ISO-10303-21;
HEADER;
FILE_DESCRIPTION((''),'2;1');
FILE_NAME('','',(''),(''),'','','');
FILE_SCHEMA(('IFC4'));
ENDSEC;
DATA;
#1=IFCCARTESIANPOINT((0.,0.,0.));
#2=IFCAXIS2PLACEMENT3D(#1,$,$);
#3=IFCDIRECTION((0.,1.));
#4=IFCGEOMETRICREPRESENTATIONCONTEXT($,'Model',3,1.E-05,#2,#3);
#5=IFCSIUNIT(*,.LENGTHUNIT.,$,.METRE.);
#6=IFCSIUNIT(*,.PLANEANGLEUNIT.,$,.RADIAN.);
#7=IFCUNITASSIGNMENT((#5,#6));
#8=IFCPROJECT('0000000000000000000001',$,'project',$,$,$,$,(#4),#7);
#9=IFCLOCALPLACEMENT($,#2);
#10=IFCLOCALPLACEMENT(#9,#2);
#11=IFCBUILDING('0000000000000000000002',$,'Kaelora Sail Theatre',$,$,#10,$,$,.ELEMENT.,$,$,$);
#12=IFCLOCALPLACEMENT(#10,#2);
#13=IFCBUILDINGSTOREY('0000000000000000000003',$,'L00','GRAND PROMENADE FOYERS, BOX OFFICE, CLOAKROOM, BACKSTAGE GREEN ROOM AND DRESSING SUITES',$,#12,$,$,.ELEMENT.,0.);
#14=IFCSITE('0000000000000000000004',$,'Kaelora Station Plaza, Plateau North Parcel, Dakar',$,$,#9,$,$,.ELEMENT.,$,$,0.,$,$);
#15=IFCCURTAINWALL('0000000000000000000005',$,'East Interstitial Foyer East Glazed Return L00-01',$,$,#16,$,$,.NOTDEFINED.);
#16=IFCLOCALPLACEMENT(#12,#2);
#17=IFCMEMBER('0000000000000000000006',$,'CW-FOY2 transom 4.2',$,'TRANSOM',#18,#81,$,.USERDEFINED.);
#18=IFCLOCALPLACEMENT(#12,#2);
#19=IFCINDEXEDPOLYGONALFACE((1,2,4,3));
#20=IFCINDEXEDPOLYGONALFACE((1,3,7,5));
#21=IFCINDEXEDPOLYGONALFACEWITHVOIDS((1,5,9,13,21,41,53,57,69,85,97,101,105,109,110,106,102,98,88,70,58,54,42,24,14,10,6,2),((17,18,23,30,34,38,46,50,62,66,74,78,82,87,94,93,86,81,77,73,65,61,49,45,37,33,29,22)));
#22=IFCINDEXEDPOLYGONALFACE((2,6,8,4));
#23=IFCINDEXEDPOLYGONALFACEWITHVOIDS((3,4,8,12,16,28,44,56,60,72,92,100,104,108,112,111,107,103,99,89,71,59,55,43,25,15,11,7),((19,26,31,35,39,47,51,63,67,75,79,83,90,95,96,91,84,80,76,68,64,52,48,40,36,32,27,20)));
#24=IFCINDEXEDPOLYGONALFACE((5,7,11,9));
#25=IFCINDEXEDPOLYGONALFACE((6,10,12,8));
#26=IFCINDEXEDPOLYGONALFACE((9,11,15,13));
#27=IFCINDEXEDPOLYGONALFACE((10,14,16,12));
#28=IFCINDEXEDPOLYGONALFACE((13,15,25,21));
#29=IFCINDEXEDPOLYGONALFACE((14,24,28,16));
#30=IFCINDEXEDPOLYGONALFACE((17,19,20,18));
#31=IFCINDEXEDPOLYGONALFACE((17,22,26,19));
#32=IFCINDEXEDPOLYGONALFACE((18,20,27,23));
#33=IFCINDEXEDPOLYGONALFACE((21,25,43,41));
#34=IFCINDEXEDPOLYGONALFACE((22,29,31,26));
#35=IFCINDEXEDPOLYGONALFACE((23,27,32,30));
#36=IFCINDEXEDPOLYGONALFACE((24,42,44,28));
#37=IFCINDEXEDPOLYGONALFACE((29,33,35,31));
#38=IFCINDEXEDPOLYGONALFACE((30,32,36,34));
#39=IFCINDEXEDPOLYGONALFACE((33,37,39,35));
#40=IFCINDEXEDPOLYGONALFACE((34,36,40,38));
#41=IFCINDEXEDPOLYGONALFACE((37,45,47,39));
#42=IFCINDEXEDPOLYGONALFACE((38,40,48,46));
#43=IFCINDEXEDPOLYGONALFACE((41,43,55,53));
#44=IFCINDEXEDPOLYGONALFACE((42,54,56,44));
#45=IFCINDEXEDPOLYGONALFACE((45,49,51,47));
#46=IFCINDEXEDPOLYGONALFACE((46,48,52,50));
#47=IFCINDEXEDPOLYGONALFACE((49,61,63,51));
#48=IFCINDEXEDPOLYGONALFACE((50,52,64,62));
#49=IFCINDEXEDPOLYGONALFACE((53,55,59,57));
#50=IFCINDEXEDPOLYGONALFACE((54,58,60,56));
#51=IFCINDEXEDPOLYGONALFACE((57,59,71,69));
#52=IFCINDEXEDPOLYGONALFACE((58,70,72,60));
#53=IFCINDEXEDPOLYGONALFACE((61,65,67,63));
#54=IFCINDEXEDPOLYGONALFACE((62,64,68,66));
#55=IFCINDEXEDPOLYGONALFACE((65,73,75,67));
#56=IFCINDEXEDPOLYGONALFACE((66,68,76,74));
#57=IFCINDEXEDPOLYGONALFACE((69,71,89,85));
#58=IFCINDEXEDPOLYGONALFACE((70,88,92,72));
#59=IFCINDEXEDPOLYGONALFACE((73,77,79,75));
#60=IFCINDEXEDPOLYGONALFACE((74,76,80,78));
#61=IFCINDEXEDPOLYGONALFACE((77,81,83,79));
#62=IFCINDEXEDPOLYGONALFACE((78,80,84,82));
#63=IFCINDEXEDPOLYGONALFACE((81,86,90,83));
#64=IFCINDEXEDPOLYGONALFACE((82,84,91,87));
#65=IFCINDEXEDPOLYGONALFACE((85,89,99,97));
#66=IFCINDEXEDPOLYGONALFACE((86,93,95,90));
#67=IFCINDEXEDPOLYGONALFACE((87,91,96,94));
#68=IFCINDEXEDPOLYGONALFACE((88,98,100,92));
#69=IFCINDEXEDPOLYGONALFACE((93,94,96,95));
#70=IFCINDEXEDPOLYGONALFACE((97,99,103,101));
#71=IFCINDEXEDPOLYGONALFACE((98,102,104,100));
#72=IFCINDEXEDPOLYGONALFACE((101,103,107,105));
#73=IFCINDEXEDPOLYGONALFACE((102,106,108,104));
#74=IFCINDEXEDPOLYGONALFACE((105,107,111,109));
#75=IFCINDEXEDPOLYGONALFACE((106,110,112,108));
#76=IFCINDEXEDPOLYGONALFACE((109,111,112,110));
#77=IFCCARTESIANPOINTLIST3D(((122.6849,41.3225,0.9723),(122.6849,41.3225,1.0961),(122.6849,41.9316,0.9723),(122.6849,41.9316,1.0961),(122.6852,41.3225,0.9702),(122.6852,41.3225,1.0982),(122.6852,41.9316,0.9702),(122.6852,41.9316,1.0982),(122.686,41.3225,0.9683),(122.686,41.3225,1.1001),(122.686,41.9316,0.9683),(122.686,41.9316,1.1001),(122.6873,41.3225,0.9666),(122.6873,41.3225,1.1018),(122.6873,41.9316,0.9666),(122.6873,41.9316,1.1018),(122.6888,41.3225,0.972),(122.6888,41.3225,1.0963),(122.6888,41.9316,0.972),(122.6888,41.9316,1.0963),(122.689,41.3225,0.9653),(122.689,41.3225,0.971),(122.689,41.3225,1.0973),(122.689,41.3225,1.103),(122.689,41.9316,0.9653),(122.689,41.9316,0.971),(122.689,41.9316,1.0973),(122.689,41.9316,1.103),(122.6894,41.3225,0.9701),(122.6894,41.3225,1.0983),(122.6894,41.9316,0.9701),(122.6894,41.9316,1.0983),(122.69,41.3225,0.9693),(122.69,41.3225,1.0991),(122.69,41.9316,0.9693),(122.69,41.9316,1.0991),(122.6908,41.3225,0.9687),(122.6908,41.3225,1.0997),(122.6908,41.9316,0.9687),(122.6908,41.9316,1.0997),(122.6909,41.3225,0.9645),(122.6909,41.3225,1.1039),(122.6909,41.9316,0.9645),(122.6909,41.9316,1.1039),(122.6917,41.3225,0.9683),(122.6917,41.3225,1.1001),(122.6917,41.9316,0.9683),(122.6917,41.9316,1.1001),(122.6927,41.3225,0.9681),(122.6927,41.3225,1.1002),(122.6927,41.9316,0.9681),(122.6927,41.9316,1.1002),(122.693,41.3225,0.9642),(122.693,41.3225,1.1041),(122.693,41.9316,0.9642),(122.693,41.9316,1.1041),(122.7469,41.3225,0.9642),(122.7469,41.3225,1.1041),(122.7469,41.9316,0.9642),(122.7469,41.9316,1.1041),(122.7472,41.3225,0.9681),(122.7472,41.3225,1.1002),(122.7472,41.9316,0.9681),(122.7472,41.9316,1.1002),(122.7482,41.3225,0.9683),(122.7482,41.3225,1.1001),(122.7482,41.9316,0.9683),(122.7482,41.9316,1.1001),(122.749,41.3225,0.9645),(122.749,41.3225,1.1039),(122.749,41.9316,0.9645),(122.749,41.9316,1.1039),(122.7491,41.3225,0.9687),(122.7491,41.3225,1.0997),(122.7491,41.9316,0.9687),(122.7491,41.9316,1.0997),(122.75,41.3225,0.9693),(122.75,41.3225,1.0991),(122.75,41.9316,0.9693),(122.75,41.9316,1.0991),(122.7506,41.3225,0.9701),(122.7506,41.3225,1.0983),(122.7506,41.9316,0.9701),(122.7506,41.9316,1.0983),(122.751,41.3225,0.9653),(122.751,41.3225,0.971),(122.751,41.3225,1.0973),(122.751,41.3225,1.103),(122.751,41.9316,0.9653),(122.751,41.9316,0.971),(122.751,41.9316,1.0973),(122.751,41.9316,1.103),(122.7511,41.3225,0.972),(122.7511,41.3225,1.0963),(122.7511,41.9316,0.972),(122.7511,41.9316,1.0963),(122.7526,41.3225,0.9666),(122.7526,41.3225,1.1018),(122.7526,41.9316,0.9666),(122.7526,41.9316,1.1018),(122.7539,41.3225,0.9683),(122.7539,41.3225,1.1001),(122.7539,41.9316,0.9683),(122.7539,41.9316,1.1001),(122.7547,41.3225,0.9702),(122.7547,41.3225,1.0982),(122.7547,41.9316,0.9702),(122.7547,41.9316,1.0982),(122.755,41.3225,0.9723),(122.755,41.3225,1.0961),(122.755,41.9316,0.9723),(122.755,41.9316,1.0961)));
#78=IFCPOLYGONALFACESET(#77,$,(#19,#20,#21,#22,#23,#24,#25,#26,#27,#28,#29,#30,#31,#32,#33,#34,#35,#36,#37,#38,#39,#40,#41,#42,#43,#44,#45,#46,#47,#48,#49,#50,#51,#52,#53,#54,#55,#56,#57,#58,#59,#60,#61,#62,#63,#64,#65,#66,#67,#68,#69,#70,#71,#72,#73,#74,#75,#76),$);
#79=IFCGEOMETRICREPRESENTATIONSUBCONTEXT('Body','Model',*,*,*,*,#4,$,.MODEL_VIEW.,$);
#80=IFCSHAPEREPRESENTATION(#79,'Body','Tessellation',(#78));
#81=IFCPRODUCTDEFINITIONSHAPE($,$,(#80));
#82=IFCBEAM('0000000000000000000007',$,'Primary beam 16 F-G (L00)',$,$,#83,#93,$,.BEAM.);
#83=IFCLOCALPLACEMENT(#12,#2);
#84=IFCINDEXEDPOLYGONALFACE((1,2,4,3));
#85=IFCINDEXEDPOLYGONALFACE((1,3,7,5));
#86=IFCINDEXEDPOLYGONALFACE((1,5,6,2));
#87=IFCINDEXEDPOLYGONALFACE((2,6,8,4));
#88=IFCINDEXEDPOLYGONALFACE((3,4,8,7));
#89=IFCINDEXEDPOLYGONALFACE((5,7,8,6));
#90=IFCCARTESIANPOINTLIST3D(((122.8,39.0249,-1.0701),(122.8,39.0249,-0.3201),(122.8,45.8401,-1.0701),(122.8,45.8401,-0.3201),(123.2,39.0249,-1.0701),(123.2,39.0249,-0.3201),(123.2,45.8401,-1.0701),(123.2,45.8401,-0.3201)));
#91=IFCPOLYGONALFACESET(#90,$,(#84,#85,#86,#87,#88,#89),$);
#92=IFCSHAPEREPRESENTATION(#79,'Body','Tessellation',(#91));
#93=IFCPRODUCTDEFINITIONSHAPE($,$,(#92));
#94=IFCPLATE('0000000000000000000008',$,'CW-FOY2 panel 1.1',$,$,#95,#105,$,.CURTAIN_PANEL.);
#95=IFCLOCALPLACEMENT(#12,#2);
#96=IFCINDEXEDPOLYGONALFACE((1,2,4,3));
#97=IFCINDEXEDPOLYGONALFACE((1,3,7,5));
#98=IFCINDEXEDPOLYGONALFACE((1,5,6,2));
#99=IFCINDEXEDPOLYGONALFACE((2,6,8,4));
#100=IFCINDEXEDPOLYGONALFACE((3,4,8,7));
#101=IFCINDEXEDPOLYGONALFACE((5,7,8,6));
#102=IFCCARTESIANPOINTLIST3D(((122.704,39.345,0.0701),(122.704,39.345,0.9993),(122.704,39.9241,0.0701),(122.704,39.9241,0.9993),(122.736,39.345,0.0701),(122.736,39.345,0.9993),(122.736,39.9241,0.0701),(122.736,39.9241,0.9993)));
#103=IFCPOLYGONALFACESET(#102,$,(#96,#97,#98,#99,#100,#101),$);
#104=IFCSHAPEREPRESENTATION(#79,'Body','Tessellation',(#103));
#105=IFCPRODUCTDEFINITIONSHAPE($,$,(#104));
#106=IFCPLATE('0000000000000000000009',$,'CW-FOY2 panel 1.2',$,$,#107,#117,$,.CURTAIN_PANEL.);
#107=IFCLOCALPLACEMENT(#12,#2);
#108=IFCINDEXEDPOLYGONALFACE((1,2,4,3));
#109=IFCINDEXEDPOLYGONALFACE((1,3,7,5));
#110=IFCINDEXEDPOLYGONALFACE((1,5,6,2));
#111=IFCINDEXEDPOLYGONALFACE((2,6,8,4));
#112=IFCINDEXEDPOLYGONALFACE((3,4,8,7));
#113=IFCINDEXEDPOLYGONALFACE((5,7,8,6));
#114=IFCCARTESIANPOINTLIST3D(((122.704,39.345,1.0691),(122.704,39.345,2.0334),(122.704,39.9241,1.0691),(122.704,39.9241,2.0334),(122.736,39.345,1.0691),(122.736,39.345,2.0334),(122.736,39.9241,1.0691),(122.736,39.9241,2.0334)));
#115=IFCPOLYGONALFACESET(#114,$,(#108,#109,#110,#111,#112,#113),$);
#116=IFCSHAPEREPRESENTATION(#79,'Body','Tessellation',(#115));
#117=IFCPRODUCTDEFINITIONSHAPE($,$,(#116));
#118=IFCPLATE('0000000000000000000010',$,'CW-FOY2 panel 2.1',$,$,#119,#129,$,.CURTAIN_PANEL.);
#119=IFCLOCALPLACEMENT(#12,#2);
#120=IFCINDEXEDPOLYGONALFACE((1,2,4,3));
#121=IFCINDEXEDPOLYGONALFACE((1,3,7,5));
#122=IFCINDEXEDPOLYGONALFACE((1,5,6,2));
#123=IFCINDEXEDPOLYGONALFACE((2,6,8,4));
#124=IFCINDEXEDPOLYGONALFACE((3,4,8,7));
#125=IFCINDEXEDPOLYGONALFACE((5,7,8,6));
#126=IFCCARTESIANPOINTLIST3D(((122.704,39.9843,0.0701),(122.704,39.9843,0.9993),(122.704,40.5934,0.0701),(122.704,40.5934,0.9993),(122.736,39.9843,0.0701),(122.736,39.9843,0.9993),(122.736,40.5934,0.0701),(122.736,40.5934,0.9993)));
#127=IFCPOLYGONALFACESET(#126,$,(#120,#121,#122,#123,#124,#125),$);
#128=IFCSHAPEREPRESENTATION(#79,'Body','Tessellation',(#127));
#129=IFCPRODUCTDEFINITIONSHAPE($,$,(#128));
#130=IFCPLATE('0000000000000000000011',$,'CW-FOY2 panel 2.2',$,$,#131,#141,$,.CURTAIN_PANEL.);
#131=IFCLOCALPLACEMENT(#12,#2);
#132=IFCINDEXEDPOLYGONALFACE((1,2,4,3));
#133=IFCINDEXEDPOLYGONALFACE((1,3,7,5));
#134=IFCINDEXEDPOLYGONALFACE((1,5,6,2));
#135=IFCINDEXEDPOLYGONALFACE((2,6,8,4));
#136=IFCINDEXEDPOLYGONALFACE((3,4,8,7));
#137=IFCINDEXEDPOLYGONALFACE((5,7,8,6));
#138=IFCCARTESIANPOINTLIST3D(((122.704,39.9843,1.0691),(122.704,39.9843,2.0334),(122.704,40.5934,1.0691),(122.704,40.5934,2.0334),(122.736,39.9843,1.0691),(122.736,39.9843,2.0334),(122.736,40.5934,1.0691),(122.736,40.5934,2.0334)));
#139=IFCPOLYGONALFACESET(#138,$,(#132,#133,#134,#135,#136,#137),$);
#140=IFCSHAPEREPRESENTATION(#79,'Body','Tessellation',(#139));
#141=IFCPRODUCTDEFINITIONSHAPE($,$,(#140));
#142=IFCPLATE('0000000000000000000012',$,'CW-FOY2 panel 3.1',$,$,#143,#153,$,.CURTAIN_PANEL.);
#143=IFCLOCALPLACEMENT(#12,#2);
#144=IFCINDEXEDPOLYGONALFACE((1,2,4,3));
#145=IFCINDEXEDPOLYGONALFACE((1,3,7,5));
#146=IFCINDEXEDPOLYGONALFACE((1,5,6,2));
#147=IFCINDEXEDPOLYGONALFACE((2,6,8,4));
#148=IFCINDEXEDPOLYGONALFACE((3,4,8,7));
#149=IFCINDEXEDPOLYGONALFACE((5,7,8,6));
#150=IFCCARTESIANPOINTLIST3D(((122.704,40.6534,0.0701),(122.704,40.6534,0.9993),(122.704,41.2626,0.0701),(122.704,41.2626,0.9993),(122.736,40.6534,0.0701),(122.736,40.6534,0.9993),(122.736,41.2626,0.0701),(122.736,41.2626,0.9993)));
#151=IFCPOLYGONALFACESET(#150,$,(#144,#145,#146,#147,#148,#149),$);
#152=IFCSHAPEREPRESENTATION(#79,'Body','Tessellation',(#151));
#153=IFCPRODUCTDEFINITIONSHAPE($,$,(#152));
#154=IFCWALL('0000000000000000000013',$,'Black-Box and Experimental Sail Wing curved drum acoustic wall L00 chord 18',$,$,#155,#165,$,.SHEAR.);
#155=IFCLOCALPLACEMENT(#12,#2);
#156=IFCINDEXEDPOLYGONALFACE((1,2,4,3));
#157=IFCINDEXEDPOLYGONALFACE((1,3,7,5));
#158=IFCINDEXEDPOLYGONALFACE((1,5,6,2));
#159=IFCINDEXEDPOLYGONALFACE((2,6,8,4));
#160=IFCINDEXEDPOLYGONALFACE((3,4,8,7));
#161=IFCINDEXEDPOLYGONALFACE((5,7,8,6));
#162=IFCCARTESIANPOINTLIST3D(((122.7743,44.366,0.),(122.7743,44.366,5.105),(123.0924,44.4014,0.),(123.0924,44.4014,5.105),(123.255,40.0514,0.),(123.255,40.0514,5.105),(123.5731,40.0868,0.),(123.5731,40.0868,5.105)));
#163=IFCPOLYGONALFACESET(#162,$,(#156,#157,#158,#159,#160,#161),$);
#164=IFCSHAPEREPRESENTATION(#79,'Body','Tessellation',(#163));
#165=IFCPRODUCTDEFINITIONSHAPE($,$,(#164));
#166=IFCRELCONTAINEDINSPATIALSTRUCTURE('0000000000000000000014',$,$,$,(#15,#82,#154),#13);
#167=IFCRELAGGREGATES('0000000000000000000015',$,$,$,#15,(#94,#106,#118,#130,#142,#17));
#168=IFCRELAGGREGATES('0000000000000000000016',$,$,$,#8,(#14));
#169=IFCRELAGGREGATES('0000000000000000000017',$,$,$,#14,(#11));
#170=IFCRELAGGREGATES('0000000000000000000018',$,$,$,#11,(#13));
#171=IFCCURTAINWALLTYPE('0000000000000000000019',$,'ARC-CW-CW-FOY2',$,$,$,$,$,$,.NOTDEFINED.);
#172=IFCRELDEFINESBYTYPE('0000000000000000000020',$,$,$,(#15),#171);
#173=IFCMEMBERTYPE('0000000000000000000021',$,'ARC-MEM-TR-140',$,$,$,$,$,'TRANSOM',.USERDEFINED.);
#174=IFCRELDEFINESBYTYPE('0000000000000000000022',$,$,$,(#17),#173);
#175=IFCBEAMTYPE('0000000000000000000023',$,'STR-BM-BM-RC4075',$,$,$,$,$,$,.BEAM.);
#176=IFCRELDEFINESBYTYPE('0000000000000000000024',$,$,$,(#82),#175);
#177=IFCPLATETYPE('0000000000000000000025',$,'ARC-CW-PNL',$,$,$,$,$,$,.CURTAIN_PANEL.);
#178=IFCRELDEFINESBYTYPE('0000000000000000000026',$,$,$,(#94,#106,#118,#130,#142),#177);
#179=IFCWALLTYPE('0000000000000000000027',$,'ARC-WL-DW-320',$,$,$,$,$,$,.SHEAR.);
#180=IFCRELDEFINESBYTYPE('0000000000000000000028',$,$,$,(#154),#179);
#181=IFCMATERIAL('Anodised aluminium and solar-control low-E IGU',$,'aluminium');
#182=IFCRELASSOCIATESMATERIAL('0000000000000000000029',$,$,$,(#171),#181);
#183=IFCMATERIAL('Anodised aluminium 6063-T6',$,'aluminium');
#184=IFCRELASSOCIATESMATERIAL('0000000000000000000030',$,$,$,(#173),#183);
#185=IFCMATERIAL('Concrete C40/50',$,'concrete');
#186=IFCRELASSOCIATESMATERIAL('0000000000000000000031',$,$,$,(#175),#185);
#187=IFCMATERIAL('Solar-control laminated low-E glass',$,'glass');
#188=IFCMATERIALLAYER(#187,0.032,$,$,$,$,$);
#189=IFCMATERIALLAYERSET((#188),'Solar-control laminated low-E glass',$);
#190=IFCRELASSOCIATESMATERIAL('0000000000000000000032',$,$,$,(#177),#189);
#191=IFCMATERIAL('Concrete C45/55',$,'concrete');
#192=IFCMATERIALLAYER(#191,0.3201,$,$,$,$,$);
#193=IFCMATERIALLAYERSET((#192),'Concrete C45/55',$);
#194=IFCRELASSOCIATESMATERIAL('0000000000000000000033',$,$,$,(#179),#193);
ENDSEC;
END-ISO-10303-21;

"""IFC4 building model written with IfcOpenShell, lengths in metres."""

from ifc_helpers import new_model, si_unit, direction, frame, frame_2d, origin, origin_2d, place, context, subcontext, project, spatial, rectangle, hollow_rectangle, extrude, material, layer, layer_set, material_profile, profile_set, type_object, element, aggregate, save


model = new_model("IFC4")

# Units and contexts
model_context = context("Model", 3, precision=1e-05, world=origin(), true_north=direction((0.0, 1.0)))
body_context = subcontext(model_context, "Body", "Model", "MODEL_VIEW")
ifc_project = project(units=[si_unit("LENGTHUNIT", "METRE"), si_unit("PLANEANGLEUNIT", "RADIAN")], contexts=[model_context])

# Site, building, storey
site_placement = place(None, origin())
site = spatial("IfcSite", under=ifc_project, at=site_placement, Name="Kaelora Station Plaza, Plateau North Parcel, Dakar", CompositionType="ELEMENT", RefElevation=0.0)
building_placement = place(site_placement, origin())
building = spatial("IfcBuilding", under=site, at=building_placement, Name="Kaelora Sail Theatre", CompositionType="ELEMENT")
storey_placement = place(building_placement, origin())
storey = spatial("IfcBuildingStorey", under=building, at=storey_placement, Name="L00", Description="GRAND PROMENADE FOYERS, BOX OFFICE, CLOAKROOM, BACKSTAGE GREEN ROOM AND DRESSING SUITES", CompositionType="ELEMENT", Elevation=0.0)

# Curtain wall
ifc_material_1 = material(Name="Anodised aluminium and solar-control low-E IGU", Category="aluminium")
curtain_wall_type = type_object("IfcCurtainWallType", Name="ARC-CW-CW-FOY2", PredefinedType="NOTDEFINED", material=ifc_material_1)
curtain_wall_placement = place(storey_placement, origin())
curtain_wall = element("IfcCurtainWall", 1, at=curtain_wall_placement, inside=storey, type_object=curtain_wall_type, Name="East Interstitial Foyer East Glazed Return L00-01", PredefinedType="NOTDEFINED")

# Member
ifc_material_2 = material(Name="Anodised aluminium 6063-T6", Category="aluminium")
ifc_material_profile_1 = material_profile(ifc_material_2, hollow_rectangle(XDim=0.0701, YDim=0.1399, WallThickness=0.0039, InnerFilletRadius=0.0039, OuterFilletRadius=0.0081, at=origin_2d()), Name="ALU-TRAN 70x140x4")
ifc_profile_set_1 = profile_set([ifc_material_profile_1], Name="Anodised aluminium 6063-T6")
member_type_1 = type_object("IfcMemberType", Name="ARC-MEM-TR-140", ElementType="TRANSOM", PredefinedType="USERDEFINED", material=ifc_profile_set_1)
member_1_placement = place(storey_placement, frame((122.72, 41.3225, 1.0342), z_axis=(0.0, 1.0, 0.0), x_axis=(-1.0, 0.0, 0.0)))
member_1 = element("IfcMember", 2, at=member_1_placement, type_object=member_type_1, Name="CW-FOY2 transom 4.2", ObjectType="TRANSOM", PredefinedType="USERDEFINED", context=body_context, shape_type="SweptSolid", body=[
    extrude(hollow_rectangle(XDim=0.0701, YDim=0.1399, WallThickness=0.0039, InnerFilletRadius=0.0039, OuterFilletRadius=0.0081, at=origin_2d()), origin(), (0.0, 0.0, 1.0), 0.6091),
])

# Beam
ifc_material_3 = material(Name="Concrete C40/50", Category="concrete")
ifc_material_profile_2 = material_profile(ifc_material_3, rectangle(XDim=0.3999, YDim=0.75, at=origin_2d()), Name="RC-BM 400x750")
ifc_profile_set_2 = profile_set([ifc_material_profile_2], Name="Concrete C40/50")
beam_type = type_object("IfcBeamType", Name="STR-BM-BM-RC4075", PredefinedType="BEAM", material=ifc_profile_set_2)
beam_placement = place(storey_placement, frame((123.0, 39.0249, -0.6951), z_axis=(0.0, 1.0, 0.0), x_axis=(-1.0, 0.0, 0.0)))
element("IfcBeam", 3, at=beam_placement, inside=storey, type_object=beam_type, Name="Primary beam 16 F-G (L00)", PredefinedType="BEAM", context=body_context, shape_type="SweptSolid", body=[
    extrude(rectangle(XDim=0.3999, YDim=0.75, at=origin_2d()), origin(), (0.0, 0.0, 1.0), 6.8152),
])

# Plates
ifc_material_4 = material(Name="Solar-control laminated low-E glass", Category="glass")
ifc_layer_1 = layer(ifc_material_4, 0.032)
ifc_layer_set_1 = layer_set([ifc_layer_1], Name="Solar-control laminated low-E glass")
plate_type = type_object("IfcPlateType", Name="ARC-CW-PNL", PredefinedType="CURTAIN_PANEL", material=ifc_layer_set_1)
plate_1_placement = place(storey_placement, frame((122.72, 39.6345, 0.0701), z_axis=(0.0, 0.0, 1.0), x_axis=(0.0, 1.0, 0.0)))
plate_1 = element("IfcPlate", 4, at=plate_1_placement, type_object=plate_type, Name="CW-FOY2 panel 1.1", PredefinedType="CURTAIN_PANEL", context=body_context, shape_type="SweptSolid", body=[
    extrude(rectangle(XDim=0.5791, YDim=0.032, at=origin_2d()), origin(), (0.0, 0.0, 1.0), 0.9292),
])
plate_2_placement = place(storey_placement, frame((122.72, 39.6345, 1.0691), z_axis=(0.0, 0.0, 1.0), x_axis=(0.0, 1.0, 0.0)))
plate_2 = element("IfcPlate", 5, at=plate_2_placement, type_object=plate_type, Name="CW-FOY2 panel 1.2", PredefinedType="CURTAIN_PANEL", context=body_context, shape_type="SweptSolid", body=[
    extrude(rectangle(XDim=0.5791, YDim=0.032, at=origin_2d()), origin(), (0.0, 0.0, 1.0), 0.9644),
])
plate_3_placement = place(storey_placement, frame((122.72, 40.2888, 0.0701), z_axis=(0.0, 0.0, 1.0), x_axis=(0.0, 1.0, 0.0)))
plate_3 = element("IfcPlate", 6, at=plate_3_placement, type_object=plate_type, Name="CW-FOY2 panel 2.1", PredefinedType="CURTAIN_PANEL", context=body_context, shape_type="SweptSolid", body=[
    extrude(rectangle(XDim=0.6091, YDim=0.032, at=origin_2d()), origin(), (0.0, 0.0, 1.0), 0.9292),
])
plate_4_placement = place(storey_placement, frame((122.72, 40.2888, 1.0691), z_axis=(0.0, 0.0, 1.0), x_axis=(0.0, 1.0, 0.0)))
plate_4 = element("IfcPlate", 7, at=plate_4_placement, type_object=plate_type, Name="CW-FOY2 panel 2.2", PredefinedType="CURTAIN_PANEL", context=body_context, shape_type="SweptSolid", body=[
    extrude(rectangle(XDim=0.6091, YDim=0.032, at=origin_2d()), origin(), (0.0, 0.0, 1.0), 0.9644),
])
plate_5_placement = place(storey_placement, frame((122.72, 40.958, 0.0701), z_axis=(0.0, 0.0, 1.0), x_axis=(0.0, 1.0, 0.0)))
plate_5 = element("IfcPlate", 8, at=plate_5_placement, type_object=plate_type, Name="CW-FOY2 panel 3.1", PredefinedType="CURTAIN_PANEL", context=body_context, shape_type="SweptSolid", body=[
    extrude(rectangle(XDim=0.6091, YDim=0.032, at=origin_2d()), origin(), (0.0, 0.0, 1.0), 0.9292),
])
aggregate(curtain_wall, [plate_1, plate_2, plate_3, plate_4, plate_5, member_1])

# Wall
ifc_material_5 = material(Name="Concrete C45/55", Category="concrete")
ifc_layer_2 = layer(ifc_material_5, 0.3201)
ifc_layer_set_2 = layer_set([ifc_layer_2], Name="Concrete C45/55")
wall_type_1 = type_object("IfcWallType", Name="ARC-WL-DW-320", PredefinedType="SHEAR", material=ifc_layer_set_2)
wall_1_placement = place(storey_placement, frame((123.4141, 40.0691, 0.0), z_axis=(0.0, 0.0, 1.0), x_axis=(-0.110728, 0.993851, 0.0)))
element("IfcWall", 9, at=wall_1_placement, inside=storey, type_object=wall_type_1, Name="Black-Box and Experimental Sail Wing curved drum acoustic wall L00 chord 18", PredefinedType="SHEAR", context=body_context, shape_type="SweptSolid", body=[
    extrude(rectangle(XDim=4.3413, YDim=0.3201, at=frame_2d((2.1707, 0.0))), origin(), (0.0, 0.0, 1.0), 5.105),
])

save(model, "model.ifc")
